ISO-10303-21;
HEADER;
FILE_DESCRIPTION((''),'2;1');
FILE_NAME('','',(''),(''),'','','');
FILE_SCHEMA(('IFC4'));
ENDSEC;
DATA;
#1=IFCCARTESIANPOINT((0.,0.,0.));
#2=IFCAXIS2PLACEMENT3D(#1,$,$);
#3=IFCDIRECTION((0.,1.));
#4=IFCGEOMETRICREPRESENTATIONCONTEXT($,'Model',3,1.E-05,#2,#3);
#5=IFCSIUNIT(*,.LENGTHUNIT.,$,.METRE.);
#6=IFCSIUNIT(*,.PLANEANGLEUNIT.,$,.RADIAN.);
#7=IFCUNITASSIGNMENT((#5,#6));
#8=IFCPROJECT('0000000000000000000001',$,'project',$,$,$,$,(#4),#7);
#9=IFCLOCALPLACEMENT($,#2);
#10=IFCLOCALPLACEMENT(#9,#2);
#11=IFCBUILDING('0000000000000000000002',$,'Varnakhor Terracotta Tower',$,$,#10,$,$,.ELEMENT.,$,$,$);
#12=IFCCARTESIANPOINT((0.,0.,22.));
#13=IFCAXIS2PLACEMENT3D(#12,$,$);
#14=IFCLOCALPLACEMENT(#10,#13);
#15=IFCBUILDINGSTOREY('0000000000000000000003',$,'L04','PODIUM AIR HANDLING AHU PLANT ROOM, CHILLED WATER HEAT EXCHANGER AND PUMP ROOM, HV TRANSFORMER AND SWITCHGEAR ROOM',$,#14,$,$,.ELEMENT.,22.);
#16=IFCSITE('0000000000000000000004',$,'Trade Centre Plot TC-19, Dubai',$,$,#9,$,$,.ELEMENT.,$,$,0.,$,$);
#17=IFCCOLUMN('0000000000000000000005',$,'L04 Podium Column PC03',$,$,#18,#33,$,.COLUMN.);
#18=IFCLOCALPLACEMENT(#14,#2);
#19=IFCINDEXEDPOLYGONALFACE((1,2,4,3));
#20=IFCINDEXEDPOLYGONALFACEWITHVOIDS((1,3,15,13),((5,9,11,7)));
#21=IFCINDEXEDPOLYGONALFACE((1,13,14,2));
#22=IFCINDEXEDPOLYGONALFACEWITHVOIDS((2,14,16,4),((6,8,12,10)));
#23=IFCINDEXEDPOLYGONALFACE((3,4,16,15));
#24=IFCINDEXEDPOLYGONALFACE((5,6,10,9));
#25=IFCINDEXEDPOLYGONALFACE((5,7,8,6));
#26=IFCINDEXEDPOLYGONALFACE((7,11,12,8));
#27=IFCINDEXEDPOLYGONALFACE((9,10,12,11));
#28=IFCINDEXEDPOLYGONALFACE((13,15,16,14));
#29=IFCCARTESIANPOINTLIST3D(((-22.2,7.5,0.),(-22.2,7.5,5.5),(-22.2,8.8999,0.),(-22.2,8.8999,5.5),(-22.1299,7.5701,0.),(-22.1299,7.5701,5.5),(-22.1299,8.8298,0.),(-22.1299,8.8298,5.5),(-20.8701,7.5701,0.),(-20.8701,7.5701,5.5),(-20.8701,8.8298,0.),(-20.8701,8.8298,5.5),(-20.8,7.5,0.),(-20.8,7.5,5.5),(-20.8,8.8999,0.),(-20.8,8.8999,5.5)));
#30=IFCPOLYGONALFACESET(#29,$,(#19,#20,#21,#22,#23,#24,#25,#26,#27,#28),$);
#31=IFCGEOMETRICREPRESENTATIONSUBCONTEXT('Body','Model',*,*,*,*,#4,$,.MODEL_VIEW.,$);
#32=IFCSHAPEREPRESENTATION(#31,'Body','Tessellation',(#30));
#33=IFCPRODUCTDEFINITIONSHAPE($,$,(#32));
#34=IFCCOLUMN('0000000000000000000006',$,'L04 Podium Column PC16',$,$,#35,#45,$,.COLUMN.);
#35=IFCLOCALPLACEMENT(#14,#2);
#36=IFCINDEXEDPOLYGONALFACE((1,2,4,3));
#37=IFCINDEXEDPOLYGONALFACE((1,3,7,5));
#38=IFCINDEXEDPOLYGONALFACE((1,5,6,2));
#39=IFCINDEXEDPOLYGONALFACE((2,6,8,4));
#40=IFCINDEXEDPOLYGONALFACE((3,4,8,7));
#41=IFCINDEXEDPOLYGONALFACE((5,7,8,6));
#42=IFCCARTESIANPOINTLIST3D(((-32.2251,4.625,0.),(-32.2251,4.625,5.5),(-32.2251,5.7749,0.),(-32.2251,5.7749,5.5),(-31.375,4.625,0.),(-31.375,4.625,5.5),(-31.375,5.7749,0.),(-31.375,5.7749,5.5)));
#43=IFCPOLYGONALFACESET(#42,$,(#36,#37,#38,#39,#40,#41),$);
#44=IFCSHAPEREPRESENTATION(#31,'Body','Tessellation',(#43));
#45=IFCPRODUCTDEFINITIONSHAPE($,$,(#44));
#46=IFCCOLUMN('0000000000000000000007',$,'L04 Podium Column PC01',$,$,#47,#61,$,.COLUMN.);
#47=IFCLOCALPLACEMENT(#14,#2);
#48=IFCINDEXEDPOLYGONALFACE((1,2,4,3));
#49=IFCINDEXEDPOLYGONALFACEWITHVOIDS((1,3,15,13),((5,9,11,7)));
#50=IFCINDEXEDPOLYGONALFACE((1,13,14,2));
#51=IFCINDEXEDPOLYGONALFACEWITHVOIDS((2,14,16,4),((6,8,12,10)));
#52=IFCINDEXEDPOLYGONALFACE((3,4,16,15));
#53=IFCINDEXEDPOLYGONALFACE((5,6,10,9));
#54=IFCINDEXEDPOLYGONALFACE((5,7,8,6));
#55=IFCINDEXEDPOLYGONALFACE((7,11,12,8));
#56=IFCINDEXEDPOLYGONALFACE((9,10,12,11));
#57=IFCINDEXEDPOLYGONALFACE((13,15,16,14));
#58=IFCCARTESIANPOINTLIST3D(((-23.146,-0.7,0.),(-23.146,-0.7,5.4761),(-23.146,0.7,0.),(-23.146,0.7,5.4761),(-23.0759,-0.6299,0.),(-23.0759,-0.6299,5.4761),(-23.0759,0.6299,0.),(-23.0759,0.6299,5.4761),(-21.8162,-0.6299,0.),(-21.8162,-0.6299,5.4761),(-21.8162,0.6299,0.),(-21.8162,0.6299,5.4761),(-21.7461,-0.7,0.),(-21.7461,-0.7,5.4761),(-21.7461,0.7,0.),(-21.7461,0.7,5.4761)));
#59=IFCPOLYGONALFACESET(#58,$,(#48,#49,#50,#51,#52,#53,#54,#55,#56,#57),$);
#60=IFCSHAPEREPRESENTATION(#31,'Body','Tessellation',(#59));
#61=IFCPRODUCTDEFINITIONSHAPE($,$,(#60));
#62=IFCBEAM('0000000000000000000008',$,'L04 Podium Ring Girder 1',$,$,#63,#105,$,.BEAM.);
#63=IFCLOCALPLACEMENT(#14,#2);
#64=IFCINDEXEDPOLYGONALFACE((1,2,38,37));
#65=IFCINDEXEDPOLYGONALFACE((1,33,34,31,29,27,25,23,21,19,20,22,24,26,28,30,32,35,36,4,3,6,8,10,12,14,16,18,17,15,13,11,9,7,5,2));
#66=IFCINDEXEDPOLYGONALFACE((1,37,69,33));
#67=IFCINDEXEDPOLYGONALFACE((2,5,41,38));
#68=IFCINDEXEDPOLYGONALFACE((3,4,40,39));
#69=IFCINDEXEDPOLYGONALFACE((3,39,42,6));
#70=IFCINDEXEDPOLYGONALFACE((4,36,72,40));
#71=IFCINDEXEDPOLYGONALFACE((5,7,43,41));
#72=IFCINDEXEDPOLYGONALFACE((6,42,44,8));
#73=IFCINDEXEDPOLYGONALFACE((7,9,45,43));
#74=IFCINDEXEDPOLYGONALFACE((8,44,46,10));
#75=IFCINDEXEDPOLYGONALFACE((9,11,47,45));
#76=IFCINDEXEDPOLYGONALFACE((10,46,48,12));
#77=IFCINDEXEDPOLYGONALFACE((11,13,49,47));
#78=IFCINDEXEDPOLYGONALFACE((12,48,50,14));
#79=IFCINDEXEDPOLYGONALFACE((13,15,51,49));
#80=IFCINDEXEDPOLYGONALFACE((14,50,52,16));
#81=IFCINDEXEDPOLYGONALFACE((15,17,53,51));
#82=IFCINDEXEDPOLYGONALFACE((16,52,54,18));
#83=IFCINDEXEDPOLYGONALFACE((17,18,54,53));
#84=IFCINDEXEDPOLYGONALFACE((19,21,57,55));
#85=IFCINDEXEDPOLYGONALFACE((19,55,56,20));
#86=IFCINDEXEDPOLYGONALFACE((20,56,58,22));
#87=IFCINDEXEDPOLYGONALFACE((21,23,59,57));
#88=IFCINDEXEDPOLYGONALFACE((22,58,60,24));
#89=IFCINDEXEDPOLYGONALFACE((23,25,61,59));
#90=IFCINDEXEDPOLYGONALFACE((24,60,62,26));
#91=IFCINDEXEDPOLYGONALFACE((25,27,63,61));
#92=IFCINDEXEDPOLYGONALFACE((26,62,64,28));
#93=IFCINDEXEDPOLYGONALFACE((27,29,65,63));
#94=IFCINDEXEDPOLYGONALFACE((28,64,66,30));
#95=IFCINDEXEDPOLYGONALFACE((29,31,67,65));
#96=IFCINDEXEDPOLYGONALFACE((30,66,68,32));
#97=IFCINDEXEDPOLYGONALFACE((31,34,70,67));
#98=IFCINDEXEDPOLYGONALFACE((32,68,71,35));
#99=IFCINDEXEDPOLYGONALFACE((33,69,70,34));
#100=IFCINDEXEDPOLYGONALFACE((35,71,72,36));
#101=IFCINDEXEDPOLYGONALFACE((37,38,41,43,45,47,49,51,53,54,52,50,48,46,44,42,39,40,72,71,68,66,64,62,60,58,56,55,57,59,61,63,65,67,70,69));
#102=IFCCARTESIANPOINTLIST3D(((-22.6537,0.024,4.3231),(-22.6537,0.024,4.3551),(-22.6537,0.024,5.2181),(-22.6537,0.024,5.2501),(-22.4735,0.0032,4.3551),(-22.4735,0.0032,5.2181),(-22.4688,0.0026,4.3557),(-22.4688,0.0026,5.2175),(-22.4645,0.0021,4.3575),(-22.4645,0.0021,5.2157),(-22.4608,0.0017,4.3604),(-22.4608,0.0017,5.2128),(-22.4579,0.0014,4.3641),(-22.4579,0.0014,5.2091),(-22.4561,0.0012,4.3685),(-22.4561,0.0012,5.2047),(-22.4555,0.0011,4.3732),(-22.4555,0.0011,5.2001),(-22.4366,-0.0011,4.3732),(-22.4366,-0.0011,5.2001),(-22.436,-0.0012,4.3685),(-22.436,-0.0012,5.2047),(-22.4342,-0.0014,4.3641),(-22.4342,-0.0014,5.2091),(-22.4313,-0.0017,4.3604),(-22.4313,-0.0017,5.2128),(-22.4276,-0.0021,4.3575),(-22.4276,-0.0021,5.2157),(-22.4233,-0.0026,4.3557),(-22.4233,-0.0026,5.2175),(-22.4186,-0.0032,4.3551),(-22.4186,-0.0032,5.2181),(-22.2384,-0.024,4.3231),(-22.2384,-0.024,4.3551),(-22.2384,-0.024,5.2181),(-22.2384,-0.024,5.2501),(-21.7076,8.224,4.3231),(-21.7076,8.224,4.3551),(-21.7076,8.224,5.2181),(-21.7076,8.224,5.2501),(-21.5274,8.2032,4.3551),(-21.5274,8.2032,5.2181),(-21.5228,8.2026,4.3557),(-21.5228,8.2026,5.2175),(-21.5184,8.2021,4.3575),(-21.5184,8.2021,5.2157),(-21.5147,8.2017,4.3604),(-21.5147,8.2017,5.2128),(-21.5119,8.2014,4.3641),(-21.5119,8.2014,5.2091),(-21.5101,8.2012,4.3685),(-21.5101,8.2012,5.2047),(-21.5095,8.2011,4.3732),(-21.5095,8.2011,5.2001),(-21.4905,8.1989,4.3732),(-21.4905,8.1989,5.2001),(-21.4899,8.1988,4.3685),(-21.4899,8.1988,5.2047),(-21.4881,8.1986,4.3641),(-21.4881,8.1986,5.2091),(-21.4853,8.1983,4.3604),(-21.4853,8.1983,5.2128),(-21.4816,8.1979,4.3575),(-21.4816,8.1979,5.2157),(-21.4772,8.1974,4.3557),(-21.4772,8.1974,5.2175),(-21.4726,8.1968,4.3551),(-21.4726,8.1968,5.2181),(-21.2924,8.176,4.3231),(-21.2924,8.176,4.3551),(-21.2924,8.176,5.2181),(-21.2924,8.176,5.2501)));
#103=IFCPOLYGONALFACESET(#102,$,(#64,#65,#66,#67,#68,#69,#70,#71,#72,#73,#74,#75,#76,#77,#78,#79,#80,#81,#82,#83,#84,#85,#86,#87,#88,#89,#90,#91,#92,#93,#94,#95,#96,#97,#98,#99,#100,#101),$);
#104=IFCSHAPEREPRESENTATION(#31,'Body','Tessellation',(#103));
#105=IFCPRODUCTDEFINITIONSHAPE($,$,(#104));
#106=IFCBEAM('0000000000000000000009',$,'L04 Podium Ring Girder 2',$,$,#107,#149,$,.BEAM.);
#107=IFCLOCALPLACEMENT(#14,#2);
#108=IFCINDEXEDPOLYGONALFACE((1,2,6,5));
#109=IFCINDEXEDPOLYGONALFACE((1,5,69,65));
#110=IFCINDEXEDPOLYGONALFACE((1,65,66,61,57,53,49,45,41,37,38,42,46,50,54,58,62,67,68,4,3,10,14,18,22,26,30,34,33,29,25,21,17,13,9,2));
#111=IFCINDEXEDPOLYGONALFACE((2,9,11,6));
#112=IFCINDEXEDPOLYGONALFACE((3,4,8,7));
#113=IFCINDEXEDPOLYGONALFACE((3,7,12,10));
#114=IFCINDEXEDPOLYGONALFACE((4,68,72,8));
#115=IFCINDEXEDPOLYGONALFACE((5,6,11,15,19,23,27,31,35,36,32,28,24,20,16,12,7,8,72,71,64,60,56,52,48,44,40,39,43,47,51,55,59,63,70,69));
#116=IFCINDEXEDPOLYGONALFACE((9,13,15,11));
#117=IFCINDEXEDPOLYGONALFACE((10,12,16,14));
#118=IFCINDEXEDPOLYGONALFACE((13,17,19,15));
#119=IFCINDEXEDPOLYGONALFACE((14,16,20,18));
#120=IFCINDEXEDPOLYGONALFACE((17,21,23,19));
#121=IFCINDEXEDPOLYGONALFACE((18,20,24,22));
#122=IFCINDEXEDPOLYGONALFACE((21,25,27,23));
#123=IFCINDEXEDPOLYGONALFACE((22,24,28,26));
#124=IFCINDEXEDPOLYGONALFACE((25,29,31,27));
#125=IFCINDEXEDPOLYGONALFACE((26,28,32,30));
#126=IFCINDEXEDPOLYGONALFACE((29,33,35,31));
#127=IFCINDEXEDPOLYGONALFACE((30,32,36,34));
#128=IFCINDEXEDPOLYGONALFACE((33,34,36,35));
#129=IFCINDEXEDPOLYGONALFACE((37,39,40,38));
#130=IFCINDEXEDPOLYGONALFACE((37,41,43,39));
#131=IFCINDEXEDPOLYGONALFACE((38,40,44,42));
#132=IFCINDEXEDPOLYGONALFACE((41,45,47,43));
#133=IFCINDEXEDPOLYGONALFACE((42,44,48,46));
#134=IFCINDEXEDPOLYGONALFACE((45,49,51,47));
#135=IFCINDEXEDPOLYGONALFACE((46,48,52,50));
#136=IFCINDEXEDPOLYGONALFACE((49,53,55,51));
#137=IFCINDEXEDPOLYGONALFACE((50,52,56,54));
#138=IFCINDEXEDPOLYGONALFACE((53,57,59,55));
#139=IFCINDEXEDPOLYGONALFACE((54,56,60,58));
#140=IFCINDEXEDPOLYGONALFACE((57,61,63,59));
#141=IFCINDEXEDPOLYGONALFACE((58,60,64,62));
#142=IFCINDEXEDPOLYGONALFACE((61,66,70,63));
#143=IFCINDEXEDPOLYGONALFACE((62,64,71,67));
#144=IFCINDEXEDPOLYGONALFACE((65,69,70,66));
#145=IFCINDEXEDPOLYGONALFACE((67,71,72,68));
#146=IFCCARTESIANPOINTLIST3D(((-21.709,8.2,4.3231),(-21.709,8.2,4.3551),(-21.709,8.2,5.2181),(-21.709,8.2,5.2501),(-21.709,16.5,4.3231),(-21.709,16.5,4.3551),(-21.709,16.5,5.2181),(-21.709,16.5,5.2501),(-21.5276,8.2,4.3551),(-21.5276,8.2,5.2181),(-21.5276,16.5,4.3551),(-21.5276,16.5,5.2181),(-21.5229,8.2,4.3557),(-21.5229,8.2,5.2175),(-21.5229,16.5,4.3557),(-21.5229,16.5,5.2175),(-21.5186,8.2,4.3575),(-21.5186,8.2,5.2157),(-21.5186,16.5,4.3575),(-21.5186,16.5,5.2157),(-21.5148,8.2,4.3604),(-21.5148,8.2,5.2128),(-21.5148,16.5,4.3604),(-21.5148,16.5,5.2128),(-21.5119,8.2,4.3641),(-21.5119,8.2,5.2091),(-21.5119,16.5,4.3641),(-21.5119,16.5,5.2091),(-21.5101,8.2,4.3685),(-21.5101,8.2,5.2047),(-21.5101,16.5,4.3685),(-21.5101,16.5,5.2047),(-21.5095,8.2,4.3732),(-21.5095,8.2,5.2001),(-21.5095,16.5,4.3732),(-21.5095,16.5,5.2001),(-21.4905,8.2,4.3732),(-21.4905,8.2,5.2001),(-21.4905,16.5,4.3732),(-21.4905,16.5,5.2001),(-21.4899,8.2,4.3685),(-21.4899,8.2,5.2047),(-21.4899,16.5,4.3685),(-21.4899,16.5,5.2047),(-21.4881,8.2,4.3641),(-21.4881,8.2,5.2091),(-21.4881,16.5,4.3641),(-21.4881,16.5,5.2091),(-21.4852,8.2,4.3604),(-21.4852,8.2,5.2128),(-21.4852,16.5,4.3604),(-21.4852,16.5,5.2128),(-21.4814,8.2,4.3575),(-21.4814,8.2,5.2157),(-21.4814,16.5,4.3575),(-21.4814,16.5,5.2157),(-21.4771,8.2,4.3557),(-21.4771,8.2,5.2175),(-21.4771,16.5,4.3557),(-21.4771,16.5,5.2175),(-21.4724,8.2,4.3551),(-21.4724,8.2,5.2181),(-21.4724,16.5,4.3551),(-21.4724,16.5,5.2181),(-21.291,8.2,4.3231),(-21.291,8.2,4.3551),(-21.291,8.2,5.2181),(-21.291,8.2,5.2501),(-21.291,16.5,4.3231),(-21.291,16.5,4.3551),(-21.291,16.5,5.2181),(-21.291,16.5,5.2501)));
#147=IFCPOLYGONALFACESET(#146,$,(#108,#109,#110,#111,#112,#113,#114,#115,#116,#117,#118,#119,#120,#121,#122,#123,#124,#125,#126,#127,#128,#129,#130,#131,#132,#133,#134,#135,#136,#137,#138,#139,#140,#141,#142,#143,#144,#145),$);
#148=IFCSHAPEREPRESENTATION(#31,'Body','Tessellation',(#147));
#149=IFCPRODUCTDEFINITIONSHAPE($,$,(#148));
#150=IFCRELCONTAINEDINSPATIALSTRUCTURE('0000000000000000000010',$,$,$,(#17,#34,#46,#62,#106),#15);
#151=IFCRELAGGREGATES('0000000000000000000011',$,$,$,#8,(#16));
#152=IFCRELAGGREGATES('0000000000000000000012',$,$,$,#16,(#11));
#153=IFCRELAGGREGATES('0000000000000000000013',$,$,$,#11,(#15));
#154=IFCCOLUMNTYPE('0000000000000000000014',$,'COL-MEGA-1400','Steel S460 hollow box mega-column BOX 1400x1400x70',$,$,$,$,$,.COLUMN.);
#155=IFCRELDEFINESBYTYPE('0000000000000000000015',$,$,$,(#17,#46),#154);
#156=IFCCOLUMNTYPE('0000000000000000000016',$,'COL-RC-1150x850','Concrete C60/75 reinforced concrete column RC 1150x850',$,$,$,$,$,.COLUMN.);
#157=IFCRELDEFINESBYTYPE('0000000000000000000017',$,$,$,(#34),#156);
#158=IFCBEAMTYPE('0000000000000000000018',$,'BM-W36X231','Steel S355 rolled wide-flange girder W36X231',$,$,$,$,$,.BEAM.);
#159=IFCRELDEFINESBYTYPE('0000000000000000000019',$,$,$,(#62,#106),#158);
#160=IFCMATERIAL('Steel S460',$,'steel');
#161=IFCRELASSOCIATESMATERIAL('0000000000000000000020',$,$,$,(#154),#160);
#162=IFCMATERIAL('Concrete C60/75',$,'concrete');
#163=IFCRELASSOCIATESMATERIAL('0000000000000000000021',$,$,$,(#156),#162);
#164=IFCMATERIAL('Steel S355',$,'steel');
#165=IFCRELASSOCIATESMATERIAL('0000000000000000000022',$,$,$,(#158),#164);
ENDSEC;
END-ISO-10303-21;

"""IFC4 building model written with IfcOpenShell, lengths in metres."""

from ifc_helpers import new_model, si_unit, direction, frame, origin, origin_2d, place, context, subcontext, project, spatial, rectangle, hollow_rectangle, i_section, extrude, source, transform, mapped, material, material_profile, profile_set, type_object, type_shapes, element, save


model = new_model("IFC4")

# Units and contexts
model_context = context("Model", 3, precision=1e-05, world=origin(), true_north=direction((0.0, 1.0)))
body_context = subcontext(model_context, "Body", "Model", "MODEL_VIEW")
ifc_project = project(units=[si_unit("LENGTHUNIT", "METRE"), si_unit("PLANEANGLEUNIT", "RADIAN")], contexts=[model_context])

# Site, building, storey
site_placement = place(None, origin())
site = spatial("IfcSite", under=ifc_project, at=site_placement, Name="Trade Centre Plot TC-19, Dubai", CompositionType="ELEMENT", RefElevation=0.0)
building_placement = place(site_placement, origin())
building = spatial("IfcBuilding", under=site, at=building_placement, Name="Varnakhor Terracotta Tower", CompositionType="ELEMENT")
storey_placement = place(building_placement, frame((0.0, 0.0, 22.0)))
storey = spatial("IfcBuildingStorey", under=building, at=storey_placement, Name="L04", Description="PODIUM AIR HANDLING AHU PLANT ROOM, CHILLED WATER HEAT EXCHANGER AND PUMP ROOM, HV TRANSFORMER AND SWITCHGEAR ROOM", CompositionType="ELEMENT", Elevation=22.0)

# Columns
ifc_material_1 = material(Name="Steel S460", Category="steel")
ifc_material_profile_1 = material_profile(ifc_material_1, hollow_rectangle(XDim=1.3999, YDim=1.3999, WallThickness=0.0701, at=origin_2d()), Name="BOX 1400x1400x70")
ifc_profile_set_1 = profile_set([ifc_material_profile_1], Name="Steel S460")
column_type_1 = type_object("IfcColumnType", Name="COL-MEGA-1400", Description="Steel S460 hollow box mega-column BOX 1400x1400x70", PredefinedType="COLUMN", material=ifc_profile_set_1)
shared_shape_1 = source(origin(), body_context, "Body", "SweptSolid", [
    extrude(hollow_rectangle(XDim=1.3999, YDim=1.3999, WallThickness=0.0701, at=origin_2d()), origin(), (0.0, 0.0, 1.0), 5.5),
])
column_1_placement = place(storey_placement, frame((-21.5, 8.2, 0.0), z_axis=(0.0, 0.0, 1.0), x_axis=(1.0, 0.0, 0.0)))
element("IfcColumn", 1, at=column_1_placement, inside=storey, type_object=column_type_1, Name="L04 Podium Column PC03", PredefinedType="COLUMN", context=body_context, shape_type="MappedRepresentation", body=[
    mapped(shared_shape_1, transform((0.0, 0.0, 0.0), scale=1.0)),
])
ifc_material_2 = material(Name="Concrete C60/75", Category="concrete")
ifc_material_profile_2 = material_profile(ifc_material_2, rectangle(XDim=0.8501, YDim=1.1499, at=origin_2d()), Name="RC 1150x850")
ifc_profile_set_2 = profile_set([ifc_material_profile_2], Name="Concrete C60/75")
column_type_2 = type_object("IfcColumnType", Name="COL-RC-1150x850", Description="Concrete C60/75 reinforced concrete column RC 1150x850", PredefinedType="COLUMN", material=ifc_profile_set_2)
shared_shape_2 = source(origin(), body_context, "Body", "SweptSolid", [
    extrude(rectangle(XDim=0.8501, YDim=1.1499, at=origin_2d()), origin(), (0.0, 0.0, 1.0), 5.5),
])
column_2_placement = place(storey_placement, frame((-31.8, 5.2, 0.0), z_axis=(0.0, 0.0, 1.0), x_axis=(1.0, 0.0, 0.0)))
element("IfcColumn", 2, at=column_2_placement, inside=storey, type_object=column_type_2, Name="L04 Podium Column PC16", PredefinedType="COLUMN", context=body_context, shape_type="MappedRepresentation", body=[
    mapped(shared_shape_2, transform((0.0, 0.0, 0.0), scale=1.0)),
])
shared_shape_3 = source(origin(), body_context, "Body", "SweptSolid", [
    extrude(hollow_rectangle(XDim=1.3999, YDim=1.3999, WallThickness=0.0701, at=origin_2d()), origin(), (0.0, 0.0, 1.0), 5.4761),
])
column_3_placement = place(storey_placement, frame((-22.446, 0.0, 0.0), z_axis=(0.0, 0.0, 1.0), x_axis=(1.0, 0.0, 0.0)))
element("IfcColumn", 3, at=column_3_placement, inside=storey, type_object=column_type_1, Name="L04 Podium Column PC01", PredefinedType="COLUMN", context=body_context, shape_type="MappedRepresentation", body=[
    mapped(shared_shape_3, transform((0.0, 0.0, 0.0), scale=1.0)),
])

# Beams
ifc_material_3 = material(Name="Steel S355", Category="steel")
ifc_material_profile_3 = material_profile(ifc_material_3, i_section(OverallWidth=0.418, OverallDepth=0.927, WebThickness=0.019, FlangeThickness=0.032, FilletRadius=0.0181, at=origin_2d()), Name="W36X231")
ifc_profile_set_3 = profile_set([ifc_material_profile_3], Name="Steel S355")
beam_type_1 = type_object("IfcBeamType", Name="BM-W36X231", Description="Steel S355 rolled wide-flange girder W36X231", PredefinedType="BEAM", material=ifc_profile_set_3)
shared_shape_4 = source(origin(), body_context, "Body", "SweptSolid", [
    extrude(i_section(OverallWidth=0.418, OverallDepth=0.927, WebThickness=0.019, FlangeThickness=0.032, FilletRadius=0.0181, at=origin_2d()), origin(), (0.0, 0.0, 1.0), 8.2544),
])
type_shapes(beam_type_1, [shared_shape_4])
beam_1_placement = place(storey_placement, frame((-22.446, 0.0, 4.7866), z_axis=(0.114612, 0.99341, 0.0), x_axis=(-0.99341, 0.114612, 0.0)))
element("IfcBeam", 4, at=beam_1_placement, inside=storey, type_object=beam_type_1, Name="L04 Podium Ring Girder 1", PredefinedType="BEAM", context=body_context, shape_type="MappedRepresentation", body=[
    mapped(shared_shape_4, transform((0.0, 0.0, 0.0), scale=1.0)),
])
shared_shape_5 = source(origin(), body_context, "Body", "SweptSolid", [
    extrude(i_section(OverallWidth=0.418, OverallDepth=0.927, WebThickness=0.019, FlangeThickness=0.032, FilletRadius=0.0181, at=origin_2d()), origin(), (0.0, 0.0, 1.0), 8.3),
])
beam_2_placement = place(storey_placement, frame((-21.5, 8.2, 4.7866), z_axis=(0.0, 1.0, 0.0), x_axis=(-1.0, 0.0, 0.0)))
element("IfcBeam", 5, at=beam_2_placement, inside=storey, type_object=beam_type_1, Name="L04 Podium Ring Girder 2", PredefinedType="BEAM", context=body_context, shape_type="MappedRepresentation", body=[
    mapped(shared_shape_5, transform((0.0, 0.0, 0.0), scale=1.0)),
])

save(model, "model.ifc")
